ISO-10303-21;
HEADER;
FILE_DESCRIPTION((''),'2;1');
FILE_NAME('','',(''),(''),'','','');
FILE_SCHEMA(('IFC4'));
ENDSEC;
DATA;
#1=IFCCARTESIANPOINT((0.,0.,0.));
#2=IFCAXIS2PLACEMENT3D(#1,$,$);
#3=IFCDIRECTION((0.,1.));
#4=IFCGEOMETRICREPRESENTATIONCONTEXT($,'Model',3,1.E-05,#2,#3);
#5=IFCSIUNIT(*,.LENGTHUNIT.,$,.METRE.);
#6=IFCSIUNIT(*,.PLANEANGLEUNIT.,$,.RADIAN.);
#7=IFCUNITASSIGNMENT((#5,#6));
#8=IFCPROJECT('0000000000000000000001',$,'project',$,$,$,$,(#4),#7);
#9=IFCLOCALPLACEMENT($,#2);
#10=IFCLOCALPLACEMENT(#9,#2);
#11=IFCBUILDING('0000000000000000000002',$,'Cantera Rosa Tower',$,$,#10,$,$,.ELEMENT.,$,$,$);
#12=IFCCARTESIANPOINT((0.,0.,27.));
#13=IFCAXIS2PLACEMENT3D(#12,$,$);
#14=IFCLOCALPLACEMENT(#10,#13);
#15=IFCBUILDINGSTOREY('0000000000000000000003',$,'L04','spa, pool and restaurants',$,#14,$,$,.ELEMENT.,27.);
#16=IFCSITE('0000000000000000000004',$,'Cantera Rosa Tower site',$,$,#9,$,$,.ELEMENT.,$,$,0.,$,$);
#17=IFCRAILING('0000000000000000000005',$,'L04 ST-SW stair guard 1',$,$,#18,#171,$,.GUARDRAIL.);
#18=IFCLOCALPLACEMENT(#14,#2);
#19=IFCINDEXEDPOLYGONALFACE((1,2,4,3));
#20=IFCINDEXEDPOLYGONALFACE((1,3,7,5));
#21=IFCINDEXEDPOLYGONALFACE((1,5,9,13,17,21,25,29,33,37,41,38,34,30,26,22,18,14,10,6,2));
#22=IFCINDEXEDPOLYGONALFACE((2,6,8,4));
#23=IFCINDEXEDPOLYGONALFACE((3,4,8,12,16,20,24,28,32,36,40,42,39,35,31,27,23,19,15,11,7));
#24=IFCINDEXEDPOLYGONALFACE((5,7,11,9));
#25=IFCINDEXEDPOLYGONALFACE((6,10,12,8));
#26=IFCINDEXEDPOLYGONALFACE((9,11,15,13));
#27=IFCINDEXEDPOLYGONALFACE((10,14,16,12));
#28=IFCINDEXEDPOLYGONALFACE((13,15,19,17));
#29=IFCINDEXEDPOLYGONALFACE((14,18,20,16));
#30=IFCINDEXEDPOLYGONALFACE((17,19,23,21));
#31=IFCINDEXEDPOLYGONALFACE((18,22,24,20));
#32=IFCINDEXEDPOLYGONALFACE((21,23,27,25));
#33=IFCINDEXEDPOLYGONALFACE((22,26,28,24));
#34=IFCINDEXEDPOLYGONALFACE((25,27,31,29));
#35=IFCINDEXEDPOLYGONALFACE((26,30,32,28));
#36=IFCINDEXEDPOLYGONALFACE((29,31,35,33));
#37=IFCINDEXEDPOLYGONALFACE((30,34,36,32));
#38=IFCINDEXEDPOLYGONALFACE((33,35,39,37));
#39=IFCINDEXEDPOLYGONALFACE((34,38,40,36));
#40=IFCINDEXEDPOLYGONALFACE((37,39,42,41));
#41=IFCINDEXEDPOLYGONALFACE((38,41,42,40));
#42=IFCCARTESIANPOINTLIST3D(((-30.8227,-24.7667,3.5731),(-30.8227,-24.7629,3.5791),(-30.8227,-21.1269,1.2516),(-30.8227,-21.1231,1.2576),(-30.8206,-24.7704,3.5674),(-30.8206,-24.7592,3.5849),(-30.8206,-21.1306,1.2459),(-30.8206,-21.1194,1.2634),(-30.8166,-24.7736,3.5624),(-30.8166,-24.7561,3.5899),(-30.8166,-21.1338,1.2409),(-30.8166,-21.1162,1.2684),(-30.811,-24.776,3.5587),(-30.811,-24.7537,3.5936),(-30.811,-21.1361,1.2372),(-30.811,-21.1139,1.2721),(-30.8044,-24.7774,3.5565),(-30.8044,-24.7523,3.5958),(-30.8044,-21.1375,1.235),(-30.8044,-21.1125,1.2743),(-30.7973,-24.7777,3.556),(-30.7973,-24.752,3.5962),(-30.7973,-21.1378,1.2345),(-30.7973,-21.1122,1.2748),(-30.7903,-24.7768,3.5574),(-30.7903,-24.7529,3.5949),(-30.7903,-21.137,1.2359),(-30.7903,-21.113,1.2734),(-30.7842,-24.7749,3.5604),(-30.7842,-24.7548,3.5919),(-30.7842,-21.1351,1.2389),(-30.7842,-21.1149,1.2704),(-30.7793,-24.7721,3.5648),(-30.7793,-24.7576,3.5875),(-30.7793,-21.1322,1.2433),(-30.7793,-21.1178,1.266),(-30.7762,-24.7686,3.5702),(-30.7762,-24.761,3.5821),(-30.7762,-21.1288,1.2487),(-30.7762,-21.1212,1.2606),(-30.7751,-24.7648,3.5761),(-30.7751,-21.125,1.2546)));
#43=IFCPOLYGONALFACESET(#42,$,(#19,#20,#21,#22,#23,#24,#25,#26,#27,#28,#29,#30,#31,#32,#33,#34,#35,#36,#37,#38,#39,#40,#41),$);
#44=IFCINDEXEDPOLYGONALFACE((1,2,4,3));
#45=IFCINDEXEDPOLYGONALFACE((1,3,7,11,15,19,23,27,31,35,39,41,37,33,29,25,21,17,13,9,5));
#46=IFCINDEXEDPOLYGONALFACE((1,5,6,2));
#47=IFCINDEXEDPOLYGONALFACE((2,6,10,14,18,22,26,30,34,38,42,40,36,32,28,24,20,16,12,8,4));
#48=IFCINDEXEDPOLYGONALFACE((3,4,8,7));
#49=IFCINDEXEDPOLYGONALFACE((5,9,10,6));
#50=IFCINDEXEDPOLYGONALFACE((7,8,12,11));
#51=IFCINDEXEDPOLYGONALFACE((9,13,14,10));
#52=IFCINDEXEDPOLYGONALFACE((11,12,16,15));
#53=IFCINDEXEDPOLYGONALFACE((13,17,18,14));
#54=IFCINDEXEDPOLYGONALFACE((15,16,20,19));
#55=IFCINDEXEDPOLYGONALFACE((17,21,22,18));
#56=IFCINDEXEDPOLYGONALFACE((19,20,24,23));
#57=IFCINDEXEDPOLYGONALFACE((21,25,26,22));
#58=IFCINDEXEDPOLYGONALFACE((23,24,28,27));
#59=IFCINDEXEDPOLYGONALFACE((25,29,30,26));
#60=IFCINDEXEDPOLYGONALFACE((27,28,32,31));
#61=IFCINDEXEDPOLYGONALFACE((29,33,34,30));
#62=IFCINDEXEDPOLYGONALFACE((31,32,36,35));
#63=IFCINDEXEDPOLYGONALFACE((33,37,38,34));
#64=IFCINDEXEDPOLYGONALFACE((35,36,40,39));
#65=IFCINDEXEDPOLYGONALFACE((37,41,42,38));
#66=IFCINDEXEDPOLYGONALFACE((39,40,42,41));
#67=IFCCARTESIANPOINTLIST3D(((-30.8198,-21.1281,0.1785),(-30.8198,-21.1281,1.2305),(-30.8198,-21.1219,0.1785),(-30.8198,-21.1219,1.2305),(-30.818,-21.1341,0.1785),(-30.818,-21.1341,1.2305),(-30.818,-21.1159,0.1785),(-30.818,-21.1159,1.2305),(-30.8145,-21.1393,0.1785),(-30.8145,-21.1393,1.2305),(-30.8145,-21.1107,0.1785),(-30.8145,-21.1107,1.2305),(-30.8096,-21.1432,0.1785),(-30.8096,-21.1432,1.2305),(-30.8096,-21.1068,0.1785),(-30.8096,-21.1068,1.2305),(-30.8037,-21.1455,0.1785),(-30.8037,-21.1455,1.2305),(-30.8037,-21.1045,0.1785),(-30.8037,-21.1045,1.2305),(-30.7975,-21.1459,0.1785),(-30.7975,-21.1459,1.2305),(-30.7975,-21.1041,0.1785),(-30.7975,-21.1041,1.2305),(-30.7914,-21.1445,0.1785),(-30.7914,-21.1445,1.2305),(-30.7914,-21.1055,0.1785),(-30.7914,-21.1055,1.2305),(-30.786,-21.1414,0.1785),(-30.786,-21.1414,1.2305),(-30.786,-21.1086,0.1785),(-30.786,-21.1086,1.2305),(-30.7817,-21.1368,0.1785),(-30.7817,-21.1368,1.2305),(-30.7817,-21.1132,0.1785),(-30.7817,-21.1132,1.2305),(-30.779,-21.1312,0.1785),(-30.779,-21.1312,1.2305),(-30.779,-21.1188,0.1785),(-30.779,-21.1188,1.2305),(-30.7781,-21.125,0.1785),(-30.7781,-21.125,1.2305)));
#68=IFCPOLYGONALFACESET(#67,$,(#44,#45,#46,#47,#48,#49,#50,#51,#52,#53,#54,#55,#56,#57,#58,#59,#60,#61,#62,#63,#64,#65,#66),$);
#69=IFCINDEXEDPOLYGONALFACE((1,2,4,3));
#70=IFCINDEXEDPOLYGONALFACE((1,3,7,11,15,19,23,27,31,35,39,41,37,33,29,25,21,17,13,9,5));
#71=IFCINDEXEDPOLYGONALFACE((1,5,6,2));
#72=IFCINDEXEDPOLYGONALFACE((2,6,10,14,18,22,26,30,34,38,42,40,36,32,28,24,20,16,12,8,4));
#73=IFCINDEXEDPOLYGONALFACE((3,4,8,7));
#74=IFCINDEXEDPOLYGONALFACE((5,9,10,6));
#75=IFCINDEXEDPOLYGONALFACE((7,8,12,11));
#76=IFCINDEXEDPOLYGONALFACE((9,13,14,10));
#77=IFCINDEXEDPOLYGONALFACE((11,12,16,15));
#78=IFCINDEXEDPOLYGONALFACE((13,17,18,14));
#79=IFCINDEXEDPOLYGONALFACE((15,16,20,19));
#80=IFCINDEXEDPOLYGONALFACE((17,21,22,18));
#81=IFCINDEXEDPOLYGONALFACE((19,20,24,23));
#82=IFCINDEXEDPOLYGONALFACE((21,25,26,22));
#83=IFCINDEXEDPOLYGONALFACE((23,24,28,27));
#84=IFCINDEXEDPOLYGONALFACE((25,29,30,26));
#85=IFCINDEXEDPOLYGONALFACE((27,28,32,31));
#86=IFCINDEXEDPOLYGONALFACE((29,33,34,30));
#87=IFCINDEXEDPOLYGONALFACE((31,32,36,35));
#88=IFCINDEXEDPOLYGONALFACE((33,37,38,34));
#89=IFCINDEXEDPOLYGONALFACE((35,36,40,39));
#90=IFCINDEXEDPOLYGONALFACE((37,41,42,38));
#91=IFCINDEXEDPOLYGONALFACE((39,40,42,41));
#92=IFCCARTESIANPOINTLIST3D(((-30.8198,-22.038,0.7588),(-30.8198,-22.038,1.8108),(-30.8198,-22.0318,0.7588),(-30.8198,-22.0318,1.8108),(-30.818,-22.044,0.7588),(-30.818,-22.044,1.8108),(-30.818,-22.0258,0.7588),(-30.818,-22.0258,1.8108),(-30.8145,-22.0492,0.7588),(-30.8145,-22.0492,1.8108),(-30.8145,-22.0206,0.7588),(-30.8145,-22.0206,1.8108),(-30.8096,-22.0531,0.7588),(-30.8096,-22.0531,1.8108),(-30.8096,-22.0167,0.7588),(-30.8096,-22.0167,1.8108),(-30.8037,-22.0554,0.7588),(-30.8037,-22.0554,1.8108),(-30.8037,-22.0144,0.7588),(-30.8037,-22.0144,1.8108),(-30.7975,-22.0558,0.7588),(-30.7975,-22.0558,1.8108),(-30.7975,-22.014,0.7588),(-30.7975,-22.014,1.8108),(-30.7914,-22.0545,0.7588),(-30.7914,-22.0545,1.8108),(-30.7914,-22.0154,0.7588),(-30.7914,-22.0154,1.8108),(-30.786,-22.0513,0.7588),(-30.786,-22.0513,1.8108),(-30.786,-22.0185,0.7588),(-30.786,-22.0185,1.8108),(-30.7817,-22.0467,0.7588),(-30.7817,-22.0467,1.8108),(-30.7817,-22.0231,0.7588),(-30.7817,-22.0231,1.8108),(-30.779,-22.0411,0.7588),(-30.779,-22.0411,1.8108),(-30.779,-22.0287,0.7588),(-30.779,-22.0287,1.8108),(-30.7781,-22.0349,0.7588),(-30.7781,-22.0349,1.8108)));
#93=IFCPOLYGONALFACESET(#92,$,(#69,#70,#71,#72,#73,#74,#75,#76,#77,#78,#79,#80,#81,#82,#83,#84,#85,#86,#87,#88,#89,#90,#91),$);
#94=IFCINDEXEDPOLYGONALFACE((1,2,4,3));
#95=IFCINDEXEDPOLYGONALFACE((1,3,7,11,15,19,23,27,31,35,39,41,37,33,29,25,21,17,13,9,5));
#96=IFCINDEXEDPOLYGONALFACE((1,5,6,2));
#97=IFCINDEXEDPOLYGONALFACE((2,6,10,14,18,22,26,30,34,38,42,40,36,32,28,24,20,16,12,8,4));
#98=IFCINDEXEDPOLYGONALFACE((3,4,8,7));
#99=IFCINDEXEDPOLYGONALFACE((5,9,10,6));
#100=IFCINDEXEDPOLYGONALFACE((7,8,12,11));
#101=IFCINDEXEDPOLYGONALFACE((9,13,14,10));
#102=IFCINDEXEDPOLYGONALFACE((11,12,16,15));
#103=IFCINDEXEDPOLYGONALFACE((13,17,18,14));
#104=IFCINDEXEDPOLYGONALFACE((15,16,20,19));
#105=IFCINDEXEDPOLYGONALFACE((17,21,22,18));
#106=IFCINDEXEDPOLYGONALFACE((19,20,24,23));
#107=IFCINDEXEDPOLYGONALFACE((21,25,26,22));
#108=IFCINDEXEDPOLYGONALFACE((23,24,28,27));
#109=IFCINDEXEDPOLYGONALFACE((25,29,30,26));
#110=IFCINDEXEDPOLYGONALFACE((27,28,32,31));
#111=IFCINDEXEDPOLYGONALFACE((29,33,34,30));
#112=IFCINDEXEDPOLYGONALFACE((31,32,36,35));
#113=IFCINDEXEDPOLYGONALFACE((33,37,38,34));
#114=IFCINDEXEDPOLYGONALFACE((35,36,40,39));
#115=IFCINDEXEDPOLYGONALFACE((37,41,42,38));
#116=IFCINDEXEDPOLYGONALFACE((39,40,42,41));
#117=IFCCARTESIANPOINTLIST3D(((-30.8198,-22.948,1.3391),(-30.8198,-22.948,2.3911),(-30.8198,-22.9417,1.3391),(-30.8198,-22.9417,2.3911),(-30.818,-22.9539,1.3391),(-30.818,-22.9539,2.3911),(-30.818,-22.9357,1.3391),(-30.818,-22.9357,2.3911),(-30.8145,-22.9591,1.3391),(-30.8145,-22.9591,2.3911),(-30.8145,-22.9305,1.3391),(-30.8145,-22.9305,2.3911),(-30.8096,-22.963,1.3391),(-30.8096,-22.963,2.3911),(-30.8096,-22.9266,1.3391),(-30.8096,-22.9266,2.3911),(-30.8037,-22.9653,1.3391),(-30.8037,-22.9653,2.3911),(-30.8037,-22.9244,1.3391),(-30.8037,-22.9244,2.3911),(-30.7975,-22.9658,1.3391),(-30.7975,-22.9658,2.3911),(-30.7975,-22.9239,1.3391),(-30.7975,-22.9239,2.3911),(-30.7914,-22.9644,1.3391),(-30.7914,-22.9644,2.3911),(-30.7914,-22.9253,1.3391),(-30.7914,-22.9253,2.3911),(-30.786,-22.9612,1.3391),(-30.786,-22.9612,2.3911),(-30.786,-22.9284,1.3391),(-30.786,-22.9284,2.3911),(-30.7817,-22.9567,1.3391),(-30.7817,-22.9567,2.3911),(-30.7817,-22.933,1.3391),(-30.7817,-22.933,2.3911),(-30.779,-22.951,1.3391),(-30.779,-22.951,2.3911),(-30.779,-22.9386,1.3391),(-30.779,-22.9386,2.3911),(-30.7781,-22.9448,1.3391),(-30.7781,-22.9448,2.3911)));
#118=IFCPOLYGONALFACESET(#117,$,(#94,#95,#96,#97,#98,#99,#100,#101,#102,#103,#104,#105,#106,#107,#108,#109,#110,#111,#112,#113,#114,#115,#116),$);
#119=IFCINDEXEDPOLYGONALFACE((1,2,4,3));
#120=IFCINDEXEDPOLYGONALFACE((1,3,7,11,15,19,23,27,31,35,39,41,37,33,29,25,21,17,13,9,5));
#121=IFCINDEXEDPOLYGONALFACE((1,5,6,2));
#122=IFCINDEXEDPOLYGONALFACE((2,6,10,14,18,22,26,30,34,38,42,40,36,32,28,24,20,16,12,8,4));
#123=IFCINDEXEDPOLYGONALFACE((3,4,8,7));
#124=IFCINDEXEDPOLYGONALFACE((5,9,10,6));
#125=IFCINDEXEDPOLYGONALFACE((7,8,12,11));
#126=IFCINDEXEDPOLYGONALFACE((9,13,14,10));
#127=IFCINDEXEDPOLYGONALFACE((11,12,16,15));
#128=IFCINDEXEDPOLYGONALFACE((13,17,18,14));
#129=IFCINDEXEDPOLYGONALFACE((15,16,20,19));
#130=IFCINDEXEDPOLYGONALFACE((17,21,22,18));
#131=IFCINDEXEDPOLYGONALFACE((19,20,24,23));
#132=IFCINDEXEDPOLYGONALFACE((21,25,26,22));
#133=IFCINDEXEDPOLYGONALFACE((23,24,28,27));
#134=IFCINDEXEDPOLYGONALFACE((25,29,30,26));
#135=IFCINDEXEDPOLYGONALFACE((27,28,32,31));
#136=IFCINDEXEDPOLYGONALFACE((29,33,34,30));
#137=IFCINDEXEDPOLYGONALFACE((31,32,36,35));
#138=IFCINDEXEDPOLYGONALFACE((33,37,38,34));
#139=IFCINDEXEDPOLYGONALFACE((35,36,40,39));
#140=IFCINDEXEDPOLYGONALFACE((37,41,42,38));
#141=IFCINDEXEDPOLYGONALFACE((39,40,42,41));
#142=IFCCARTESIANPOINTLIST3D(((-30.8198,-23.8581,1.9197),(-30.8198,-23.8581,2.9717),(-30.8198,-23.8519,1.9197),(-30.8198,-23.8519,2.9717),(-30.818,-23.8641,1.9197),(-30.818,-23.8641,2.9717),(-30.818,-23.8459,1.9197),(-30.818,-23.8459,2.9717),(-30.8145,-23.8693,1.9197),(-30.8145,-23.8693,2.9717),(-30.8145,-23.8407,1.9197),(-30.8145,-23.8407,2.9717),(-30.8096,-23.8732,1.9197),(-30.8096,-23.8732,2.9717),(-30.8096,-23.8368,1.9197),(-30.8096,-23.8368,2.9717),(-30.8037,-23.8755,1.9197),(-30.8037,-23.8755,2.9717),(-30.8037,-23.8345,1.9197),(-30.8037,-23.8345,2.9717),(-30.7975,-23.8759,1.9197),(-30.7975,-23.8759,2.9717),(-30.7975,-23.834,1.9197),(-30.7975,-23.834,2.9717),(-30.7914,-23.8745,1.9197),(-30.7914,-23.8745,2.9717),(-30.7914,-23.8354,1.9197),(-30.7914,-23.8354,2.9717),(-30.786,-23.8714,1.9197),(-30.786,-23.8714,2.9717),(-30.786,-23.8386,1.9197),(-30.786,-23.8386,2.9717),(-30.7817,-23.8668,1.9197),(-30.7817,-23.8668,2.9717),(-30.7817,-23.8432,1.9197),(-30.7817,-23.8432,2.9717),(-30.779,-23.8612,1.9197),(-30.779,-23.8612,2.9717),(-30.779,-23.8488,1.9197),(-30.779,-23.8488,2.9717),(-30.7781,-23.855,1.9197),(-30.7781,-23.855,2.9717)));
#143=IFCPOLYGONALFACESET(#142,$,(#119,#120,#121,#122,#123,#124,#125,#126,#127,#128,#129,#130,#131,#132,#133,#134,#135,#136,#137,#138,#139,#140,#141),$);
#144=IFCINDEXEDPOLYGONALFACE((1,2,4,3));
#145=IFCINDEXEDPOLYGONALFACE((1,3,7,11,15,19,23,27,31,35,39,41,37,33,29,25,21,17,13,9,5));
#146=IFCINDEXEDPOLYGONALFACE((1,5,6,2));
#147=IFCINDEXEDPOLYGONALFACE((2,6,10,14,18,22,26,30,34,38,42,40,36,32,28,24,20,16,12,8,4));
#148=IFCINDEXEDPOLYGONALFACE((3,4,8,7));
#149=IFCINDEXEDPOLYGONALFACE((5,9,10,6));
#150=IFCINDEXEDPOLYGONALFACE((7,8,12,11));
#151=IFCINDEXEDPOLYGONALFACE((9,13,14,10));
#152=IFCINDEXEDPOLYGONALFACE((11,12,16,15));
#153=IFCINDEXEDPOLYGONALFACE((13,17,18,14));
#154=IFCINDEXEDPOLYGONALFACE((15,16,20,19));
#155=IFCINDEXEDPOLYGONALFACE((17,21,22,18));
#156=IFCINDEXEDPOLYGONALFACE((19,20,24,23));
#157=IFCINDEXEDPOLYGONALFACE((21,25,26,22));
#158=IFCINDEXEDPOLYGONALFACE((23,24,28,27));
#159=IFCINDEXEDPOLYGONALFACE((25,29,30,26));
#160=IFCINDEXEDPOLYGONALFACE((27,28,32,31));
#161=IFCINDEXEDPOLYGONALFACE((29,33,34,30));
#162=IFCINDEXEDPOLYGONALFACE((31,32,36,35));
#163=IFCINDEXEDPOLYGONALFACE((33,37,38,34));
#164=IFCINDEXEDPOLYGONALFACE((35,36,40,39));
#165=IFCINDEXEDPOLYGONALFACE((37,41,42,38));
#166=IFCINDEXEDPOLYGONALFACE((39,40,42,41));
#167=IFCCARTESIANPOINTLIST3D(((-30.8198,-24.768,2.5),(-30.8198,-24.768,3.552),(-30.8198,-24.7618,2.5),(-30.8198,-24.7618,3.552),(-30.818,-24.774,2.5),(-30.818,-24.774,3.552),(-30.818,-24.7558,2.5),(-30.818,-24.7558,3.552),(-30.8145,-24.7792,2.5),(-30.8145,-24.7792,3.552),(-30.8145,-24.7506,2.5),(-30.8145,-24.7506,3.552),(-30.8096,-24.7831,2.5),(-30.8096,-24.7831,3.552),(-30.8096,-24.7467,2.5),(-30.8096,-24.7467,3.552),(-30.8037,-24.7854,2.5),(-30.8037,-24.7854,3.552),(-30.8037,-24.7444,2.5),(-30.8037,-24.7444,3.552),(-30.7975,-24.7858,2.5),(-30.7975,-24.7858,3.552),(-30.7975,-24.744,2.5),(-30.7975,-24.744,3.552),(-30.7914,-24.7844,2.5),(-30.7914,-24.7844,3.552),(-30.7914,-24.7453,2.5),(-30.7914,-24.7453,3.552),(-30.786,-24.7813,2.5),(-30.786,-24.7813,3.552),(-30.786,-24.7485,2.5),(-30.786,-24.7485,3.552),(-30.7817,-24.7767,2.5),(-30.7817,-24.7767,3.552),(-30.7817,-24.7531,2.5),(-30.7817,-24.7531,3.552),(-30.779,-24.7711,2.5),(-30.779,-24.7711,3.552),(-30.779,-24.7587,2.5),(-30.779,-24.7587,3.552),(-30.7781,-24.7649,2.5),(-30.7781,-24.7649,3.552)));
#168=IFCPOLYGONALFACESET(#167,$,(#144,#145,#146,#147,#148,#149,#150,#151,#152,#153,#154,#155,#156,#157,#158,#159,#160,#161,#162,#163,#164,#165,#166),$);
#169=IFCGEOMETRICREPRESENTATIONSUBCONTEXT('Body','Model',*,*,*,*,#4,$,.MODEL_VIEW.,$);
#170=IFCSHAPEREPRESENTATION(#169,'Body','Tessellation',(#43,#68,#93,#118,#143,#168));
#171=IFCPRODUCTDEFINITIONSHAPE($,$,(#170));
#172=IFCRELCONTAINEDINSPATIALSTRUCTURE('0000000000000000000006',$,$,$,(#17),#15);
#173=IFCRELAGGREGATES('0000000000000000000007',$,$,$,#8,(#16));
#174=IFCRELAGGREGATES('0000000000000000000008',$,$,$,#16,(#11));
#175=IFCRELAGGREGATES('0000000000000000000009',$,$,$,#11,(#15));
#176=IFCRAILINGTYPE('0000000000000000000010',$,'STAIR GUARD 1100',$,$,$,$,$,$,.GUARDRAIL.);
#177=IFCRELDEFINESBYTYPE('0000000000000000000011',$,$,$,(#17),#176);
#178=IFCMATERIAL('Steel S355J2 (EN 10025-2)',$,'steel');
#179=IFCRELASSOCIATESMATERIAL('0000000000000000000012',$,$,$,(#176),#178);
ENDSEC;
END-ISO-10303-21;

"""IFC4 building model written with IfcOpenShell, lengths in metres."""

from ifc_helpers import new_model, si_unit, direction, frame, origin, origin_2d, place, context, subcontext, project, spatial, circle, extrude, material, type_object, element, save


model = new_model("IFC4")

# Units and contexts
model_context = context("Model", 3, precision=1e-05, world=origin(), true_north=direction((0.0, 1.0)))
body_context = subcontext(model_context, "Body", "Model", "MODEL_VIEW")
ifc_project = project(units=[si_unit("LENGTHUNIT", "METRE"), si_unit("PLANEANGLEUNIT", "RADIAN")], contexts=[model_context])

# Site, building, storey
site_placement = place(None, origin())
site = spatial("IfcSite", under=ifc_project, at=site_placement, Name="Cantera Rosa Tower site", CompositionType="ELEMENT", RefElevation=0.0)
building_placement = place(site_placement, origin())
building = spatial("IfcBuilding", under=site, at=building_placement, Name="Cantera Rosa Tower", CompositionType="ELEMENT")
storey_placement = place(building_placement, frame((0.0, 0.0, 27.0)))
storey = spatial("IfcBuildingStorey", under=building, at=storey_placement, Name="L04", Description="spa, pool and restaurants", CompositionType="ELEMENT", Elevation=27.0)

# Railing
ifc_material_1 = material(Name="Steel S355J2 (EN 10025-2)", Category="steel")
railing_type_1 = type_object("IfcRailingType", Name="STAIR GUARD 1100", PredefinedType="GUARDRAIL", material=ifc_material_1)
railing_1_placement = place(storey_placement, frame((-30.7991, -21.125, 0.1785)))
element("IfcRailing", 1, at=railing_1_placement, inside=storey, type_object=railing_type_1, Name="L04 ST-SW stair guard 1", PredefinedType="GUARDRAIL", context=body_context, shape_type="SweptSolid", body=[
    extrude(circle(Radius=0.0239, at=origin_2d()), frame((0.0, 0.0, 1.0762), z_axis=(0.0, -0.843112, 0.537739), x_axis=(1.0, 0.0, 0.0)), (0.0, 0.0, 1.0), 4.3171),
    extrude(circle(Radius=0.021, at=origin_2d()), origin(), (0.0, 0.0, 1.0), 1.052),
    extrude(circle(Radius=0.021, at=origin_2d()), frame((0.0, -0.9099, 0.5803)), (0.0, 0.0, 1.0), 1.052),
    extrude(circle(Radius=0.021, at=origin_2d()), frame((0.0, -1.8198, 1.1606)), (0.0, 0.0, 1.0), 1.052),
    extrude(circle(Radius=0.021, at=origin_2d()), frame((0.0, -2.73, 1.7412)), (0.0, 0.0, 1.0), 1.052),
    extrude(circle(Radius=0.021, at=origin_2d()), frame((0.0, -3.6399, 2.3215)), (0.0, 0.0, 1.0), 1.052),
])

save(model, "model.ifc")
